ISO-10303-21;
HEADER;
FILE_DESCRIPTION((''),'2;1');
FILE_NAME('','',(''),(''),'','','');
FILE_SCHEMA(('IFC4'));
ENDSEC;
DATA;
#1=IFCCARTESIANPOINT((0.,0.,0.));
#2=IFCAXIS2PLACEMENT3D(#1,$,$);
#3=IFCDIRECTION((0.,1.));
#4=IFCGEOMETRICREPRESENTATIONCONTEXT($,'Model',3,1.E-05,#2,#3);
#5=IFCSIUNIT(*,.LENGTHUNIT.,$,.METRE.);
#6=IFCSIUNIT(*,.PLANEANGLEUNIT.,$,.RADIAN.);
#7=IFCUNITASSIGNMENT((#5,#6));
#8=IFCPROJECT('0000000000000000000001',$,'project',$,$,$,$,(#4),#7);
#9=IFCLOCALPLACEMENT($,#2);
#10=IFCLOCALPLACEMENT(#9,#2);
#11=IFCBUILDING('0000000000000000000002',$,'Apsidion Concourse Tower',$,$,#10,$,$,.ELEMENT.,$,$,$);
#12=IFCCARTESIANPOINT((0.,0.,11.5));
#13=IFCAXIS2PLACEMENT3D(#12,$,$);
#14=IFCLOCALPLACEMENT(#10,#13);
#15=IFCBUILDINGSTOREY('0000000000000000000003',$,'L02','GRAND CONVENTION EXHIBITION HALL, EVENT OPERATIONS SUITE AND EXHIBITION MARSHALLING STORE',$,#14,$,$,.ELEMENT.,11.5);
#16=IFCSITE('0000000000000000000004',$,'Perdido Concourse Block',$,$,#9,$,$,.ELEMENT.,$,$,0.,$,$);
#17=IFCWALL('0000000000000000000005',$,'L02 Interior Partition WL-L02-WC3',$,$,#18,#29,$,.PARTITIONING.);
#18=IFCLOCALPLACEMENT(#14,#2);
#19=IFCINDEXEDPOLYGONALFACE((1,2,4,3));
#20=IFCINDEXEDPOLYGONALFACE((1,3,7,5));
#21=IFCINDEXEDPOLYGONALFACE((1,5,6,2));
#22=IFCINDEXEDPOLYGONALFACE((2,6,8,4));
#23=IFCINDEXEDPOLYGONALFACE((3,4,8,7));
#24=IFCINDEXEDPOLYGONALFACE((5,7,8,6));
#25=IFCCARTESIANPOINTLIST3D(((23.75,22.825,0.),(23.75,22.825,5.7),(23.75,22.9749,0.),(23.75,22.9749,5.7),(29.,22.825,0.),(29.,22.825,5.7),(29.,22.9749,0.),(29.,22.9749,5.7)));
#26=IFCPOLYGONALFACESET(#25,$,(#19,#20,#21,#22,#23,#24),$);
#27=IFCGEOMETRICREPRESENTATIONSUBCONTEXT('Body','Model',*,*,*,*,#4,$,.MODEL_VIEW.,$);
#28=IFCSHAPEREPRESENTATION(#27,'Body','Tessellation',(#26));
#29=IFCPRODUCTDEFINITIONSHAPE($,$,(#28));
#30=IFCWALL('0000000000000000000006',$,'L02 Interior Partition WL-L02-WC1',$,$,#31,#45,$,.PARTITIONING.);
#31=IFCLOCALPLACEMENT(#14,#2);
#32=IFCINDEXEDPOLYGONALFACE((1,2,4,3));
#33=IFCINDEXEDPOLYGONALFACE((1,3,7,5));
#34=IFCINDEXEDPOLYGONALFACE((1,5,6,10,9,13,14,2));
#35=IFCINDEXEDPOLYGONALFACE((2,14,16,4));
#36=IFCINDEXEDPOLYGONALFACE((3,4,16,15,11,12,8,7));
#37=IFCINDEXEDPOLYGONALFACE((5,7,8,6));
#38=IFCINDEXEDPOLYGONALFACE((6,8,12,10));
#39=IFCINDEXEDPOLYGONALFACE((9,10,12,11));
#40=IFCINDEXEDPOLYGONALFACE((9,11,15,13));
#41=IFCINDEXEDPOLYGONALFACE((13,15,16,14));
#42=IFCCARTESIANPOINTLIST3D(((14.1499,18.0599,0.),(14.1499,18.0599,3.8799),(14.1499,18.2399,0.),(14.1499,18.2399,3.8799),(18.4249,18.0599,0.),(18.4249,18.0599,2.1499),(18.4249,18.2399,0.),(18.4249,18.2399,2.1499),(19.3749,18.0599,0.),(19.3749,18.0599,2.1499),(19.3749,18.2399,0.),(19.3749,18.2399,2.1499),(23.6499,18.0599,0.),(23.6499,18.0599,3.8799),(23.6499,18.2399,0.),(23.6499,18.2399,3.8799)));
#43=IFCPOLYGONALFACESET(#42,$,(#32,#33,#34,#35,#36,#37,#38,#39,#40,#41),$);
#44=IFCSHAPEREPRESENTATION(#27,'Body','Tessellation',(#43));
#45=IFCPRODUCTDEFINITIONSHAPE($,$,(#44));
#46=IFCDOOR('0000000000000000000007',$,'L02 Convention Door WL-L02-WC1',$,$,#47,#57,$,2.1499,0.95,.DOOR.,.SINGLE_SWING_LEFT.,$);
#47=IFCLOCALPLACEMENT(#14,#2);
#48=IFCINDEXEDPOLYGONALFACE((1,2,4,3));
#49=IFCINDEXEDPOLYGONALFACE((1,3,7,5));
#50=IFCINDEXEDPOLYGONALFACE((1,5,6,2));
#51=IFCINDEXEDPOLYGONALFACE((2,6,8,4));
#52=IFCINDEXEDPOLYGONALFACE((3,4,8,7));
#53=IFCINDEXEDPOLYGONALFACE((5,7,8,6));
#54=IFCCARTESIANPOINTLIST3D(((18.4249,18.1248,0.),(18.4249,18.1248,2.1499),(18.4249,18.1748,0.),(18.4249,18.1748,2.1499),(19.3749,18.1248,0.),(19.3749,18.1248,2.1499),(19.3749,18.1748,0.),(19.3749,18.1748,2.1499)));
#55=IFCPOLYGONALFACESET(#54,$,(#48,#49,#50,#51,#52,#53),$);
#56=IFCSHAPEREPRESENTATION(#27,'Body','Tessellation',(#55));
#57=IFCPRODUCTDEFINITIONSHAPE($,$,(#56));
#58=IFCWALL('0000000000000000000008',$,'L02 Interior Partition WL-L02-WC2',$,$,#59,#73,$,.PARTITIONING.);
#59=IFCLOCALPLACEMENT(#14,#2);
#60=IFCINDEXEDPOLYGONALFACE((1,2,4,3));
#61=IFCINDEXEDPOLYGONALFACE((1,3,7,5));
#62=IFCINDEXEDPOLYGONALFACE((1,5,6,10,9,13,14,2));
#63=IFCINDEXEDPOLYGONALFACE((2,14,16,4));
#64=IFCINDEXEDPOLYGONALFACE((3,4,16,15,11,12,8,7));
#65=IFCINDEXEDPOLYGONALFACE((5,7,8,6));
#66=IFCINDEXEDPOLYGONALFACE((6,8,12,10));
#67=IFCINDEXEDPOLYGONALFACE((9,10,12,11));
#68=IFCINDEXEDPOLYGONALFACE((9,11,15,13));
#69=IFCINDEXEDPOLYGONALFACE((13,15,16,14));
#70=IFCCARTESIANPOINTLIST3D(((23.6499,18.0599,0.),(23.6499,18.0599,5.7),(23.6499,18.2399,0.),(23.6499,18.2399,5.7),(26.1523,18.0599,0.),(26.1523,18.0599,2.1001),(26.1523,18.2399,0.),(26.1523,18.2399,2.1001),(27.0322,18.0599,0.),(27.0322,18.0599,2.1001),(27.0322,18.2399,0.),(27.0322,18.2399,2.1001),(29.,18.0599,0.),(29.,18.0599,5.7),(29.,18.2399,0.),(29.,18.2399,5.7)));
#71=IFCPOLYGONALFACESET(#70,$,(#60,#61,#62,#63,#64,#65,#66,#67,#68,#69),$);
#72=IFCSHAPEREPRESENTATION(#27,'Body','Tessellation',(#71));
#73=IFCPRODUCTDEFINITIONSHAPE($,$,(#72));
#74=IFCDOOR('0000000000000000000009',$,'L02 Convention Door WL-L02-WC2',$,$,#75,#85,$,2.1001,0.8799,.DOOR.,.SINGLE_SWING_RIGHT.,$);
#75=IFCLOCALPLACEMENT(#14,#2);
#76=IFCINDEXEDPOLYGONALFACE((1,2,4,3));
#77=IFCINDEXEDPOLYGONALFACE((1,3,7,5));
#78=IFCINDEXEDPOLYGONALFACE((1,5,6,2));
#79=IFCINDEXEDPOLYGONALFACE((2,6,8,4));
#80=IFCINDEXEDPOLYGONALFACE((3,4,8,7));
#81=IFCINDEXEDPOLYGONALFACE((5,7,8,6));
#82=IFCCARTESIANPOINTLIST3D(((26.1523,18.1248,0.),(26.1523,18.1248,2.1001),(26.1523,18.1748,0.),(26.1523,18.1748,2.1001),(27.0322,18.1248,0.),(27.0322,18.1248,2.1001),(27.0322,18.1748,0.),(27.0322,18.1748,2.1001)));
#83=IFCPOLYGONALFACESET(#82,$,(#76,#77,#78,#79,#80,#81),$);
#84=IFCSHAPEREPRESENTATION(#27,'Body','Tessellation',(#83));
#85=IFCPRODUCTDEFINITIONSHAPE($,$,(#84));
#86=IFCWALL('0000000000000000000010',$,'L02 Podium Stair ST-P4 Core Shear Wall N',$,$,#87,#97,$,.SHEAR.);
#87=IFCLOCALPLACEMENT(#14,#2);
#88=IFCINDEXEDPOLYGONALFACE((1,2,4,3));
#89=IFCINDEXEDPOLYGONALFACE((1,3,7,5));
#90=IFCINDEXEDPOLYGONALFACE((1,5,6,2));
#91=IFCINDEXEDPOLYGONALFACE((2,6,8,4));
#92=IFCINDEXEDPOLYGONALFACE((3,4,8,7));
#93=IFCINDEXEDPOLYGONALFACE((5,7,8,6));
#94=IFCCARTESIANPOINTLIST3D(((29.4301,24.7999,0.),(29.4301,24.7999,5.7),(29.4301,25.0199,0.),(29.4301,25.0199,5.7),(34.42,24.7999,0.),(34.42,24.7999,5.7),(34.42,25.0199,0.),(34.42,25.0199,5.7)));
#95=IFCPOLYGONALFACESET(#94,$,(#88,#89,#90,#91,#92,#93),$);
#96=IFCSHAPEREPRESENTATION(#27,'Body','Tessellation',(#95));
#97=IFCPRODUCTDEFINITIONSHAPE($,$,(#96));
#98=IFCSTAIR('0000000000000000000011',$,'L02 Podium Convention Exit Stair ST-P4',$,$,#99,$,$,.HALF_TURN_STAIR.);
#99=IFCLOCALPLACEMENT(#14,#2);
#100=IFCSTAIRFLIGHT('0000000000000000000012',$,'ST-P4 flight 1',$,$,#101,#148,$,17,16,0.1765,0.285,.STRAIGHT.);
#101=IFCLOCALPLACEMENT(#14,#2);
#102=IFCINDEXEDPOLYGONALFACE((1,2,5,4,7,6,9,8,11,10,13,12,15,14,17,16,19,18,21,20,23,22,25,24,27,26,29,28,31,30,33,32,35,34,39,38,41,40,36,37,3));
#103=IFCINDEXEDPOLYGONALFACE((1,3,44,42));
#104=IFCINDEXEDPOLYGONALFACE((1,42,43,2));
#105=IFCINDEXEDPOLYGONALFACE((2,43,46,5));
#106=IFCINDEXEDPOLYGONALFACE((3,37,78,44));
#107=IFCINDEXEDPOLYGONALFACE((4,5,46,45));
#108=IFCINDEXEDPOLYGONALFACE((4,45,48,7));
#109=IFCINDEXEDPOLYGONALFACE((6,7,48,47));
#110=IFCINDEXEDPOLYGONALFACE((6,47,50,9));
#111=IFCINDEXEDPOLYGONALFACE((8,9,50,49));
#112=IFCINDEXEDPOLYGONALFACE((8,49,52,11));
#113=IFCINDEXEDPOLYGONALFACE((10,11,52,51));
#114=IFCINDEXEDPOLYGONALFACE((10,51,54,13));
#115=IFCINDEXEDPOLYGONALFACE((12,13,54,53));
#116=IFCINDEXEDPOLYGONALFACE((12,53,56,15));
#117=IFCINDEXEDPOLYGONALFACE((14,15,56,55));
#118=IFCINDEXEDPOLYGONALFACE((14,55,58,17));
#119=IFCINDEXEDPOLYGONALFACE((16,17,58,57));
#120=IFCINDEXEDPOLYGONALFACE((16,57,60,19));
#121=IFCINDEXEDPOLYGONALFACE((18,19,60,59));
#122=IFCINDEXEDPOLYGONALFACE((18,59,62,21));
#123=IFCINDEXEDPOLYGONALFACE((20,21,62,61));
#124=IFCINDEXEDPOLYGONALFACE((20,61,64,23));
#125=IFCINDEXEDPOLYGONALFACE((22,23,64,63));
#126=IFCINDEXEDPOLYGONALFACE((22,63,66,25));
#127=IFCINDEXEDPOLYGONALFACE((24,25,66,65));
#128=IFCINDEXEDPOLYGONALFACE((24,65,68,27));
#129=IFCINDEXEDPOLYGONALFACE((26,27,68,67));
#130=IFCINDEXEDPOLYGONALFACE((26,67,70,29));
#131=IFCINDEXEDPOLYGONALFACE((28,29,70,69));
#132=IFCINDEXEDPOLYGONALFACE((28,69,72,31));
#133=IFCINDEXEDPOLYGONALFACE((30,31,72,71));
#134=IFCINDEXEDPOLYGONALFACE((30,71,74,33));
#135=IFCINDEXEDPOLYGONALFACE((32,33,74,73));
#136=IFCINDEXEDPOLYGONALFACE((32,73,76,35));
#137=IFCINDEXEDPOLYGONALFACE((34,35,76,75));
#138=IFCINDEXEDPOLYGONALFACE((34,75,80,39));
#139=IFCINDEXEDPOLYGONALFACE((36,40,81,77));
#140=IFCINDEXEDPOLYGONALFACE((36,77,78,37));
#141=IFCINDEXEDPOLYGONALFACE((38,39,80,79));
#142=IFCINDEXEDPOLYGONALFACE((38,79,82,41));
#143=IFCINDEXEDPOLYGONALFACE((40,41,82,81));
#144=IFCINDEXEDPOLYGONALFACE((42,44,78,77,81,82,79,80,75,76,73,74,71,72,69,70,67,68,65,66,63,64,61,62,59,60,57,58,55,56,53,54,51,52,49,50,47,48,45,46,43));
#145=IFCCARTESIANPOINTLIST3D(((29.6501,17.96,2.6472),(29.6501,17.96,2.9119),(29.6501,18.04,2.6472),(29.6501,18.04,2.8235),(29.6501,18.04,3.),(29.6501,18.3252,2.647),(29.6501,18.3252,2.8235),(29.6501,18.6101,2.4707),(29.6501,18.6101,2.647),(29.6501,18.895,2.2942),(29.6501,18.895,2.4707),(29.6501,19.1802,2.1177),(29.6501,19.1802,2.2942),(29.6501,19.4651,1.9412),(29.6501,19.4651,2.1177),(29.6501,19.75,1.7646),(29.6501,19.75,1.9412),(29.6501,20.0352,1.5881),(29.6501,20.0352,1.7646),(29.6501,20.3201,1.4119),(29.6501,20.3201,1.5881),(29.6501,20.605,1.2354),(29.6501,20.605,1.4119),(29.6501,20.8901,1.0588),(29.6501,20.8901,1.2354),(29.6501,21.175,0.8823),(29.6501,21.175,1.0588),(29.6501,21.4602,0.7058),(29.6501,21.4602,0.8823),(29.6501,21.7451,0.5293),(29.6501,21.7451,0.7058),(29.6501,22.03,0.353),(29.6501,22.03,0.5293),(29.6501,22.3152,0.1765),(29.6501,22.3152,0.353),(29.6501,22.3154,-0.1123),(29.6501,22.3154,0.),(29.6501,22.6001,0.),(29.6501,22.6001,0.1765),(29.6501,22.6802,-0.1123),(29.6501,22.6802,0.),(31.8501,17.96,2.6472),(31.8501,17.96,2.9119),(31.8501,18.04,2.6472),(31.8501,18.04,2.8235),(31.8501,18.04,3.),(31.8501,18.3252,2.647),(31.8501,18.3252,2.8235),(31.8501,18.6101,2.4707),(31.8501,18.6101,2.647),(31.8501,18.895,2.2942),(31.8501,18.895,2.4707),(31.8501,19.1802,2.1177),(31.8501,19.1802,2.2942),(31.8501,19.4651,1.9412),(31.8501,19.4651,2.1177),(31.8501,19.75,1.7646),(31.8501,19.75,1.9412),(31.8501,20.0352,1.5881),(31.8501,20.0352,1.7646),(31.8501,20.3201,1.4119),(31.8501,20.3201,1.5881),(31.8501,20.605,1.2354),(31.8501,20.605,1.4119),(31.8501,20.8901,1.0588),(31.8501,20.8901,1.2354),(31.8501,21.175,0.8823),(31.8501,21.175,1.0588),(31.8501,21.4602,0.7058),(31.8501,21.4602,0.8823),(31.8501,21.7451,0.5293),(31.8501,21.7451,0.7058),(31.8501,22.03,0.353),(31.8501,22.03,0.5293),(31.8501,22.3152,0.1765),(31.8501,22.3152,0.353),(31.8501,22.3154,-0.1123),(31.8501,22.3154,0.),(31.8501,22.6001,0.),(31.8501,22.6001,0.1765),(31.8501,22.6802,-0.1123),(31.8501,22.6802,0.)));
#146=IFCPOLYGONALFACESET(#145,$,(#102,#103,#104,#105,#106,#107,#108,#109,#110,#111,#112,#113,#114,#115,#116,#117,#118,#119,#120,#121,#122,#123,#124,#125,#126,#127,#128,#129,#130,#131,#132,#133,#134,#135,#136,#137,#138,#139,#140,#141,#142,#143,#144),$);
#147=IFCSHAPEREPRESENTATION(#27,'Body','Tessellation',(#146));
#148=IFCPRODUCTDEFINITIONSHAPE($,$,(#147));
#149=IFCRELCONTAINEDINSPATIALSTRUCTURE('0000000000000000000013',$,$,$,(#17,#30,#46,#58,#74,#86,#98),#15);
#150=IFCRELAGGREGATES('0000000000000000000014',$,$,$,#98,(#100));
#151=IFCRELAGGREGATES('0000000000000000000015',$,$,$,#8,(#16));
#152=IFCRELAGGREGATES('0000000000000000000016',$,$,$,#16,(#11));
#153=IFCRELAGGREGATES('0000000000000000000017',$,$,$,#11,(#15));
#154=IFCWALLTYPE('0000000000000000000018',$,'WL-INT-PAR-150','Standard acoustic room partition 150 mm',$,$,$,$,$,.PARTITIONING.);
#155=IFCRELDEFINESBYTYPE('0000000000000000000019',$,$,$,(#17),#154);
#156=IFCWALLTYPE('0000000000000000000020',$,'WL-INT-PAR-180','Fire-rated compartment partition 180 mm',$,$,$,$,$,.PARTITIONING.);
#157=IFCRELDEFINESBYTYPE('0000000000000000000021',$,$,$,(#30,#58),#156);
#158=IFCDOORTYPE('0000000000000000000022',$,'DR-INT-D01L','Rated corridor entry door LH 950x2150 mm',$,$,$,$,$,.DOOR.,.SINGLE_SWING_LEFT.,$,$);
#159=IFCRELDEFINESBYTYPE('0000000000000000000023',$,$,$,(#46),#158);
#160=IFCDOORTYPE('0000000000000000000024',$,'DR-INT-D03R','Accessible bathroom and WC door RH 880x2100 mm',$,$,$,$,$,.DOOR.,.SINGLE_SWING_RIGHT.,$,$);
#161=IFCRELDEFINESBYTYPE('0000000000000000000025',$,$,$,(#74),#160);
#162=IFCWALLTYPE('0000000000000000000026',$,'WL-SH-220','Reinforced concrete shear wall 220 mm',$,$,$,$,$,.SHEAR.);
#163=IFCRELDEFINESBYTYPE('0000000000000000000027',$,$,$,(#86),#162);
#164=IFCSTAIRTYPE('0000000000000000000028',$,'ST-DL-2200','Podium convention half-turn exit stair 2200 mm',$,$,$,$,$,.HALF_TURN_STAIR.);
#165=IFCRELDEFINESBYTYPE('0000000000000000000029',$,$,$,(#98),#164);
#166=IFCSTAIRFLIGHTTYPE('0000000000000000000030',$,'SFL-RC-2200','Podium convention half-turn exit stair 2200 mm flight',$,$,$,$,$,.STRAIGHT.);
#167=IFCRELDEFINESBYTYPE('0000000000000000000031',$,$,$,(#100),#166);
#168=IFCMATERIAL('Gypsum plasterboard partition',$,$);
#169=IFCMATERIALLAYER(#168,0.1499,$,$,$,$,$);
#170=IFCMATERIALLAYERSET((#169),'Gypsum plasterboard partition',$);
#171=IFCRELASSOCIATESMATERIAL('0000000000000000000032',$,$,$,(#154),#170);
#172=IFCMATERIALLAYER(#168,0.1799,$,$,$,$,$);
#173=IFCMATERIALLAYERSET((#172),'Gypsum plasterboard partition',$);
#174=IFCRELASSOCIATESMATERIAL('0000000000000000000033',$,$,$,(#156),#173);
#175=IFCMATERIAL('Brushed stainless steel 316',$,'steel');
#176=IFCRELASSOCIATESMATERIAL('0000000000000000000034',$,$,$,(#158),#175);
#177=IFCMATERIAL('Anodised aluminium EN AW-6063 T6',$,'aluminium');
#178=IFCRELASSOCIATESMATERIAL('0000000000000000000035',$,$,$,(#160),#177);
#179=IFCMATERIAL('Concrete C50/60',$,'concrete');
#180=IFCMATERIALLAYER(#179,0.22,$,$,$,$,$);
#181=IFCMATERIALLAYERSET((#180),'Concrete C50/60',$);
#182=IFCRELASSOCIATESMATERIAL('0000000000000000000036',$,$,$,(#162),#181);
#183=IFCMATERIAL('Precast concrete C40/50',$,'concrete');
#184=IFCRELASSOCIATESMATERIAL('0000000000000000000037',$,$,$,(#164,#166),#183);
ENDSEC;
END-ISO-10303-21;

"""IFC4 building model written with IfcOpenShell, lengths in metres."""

from ifc_helpers import new_model, si_unit, direction, frame, frame_2d, origin, place, context, subcontext, project, spatial, polyline, rectangle, outline, extrude, material, layer, layer_set, type_object, element, fill, aggregate, save


model = new_model("IFC4")

# Units and contexts
model_context = context("Model", 3, precision=1e-05, world=origin(), true_north=direction((0.0, 1.0)))
body_context = subcontext(model_context, "Body", "Model", "MODEL_VIEW")
ifc_project = project(units=[si_unit("LENGTHUNIT", "METRE"), si_unit("PLANEANGLEUNIT", "RADIAN")], contexts=[model_context])

# Site, building, storey
site_placement = place(None, origin())
site = spatial("IfcSite", under=ifc_project, at=site_placement, Name="Perdido Concourse Block", CompositionType="ELEMENT", RefElevation=0.0)
building_placement = place(site_placement, origin())
building = spatial("IfcBuilding", under=site, at=building_placement, Name="Apsidion Concourse Tower", CompositionType="ELEMENT")
storey_placement = place(building_placement, frame((0.0, 0.0, 11.5)))
storey = spatial("IfcBuildingStorey", under=building, at=storey_placement, Name="L02", Description="GRAND CONVENTION EXHIBITION HALL, EVENT OPERATIONS SUITE AND EXHIBITION MARSHALLING STORE", CompositionType="ELEMENT", Elevation=11.5)

# Shared definitions
ifc_material_1 = material(Name="Precast concrete C40/50", Category="concrete")

# Wall
ifc_material_2 = material(Name="Gypsum plasterboard partition")
ifc_layer_1 = layer(ifc_material_2, 0.1499)
ifc_layer_set_1 = layer_set([ifc_layer_1], Name="Gypsum plasterboard partition")
wall_type_1 = type_object("IfcWallType", Name="WL-INT-PAR-150", Description="Standard acoustic room partition 150 mm", PredefinedType="PARTITIONING", material=ifc_layer_set_1)
wall_1_placement = place(storey_placement, frame((23.75, 22.8999, 0.0), z_axis=(0.0, 0.0, 1.0), x_axis=(1.0, 0.0, 0.0)))
element("IfcWall", 1, at=wall_1_placement, inside=storey, type_object=wall_type_1, Name="L02 Interior Partition WL-L02-WC3", PredefinedType="PARTITIONING", context=body_context, shape_type="SweptSolid", body=[
    extrude(rectangle(XDim=5.25, YDim=0.1499, at=frame_2d((2.625, 0.0))), origin(), (0.0, 0.0, 1.0), 5.7),
])

# Walls, openings, doors
ifc_layer_2 = layer(ifc_material_2, 0.1799)
ifc_layer_set_2 = layer_set([ifc_layer_2], Name="Gypsum plasterboard partition")
wall_type_2 = type_object("IfcWallType", Name="WL-INT-PAR-180", Description="Fire-rated compartment partition 180 mm", PredefinedType="PARTITIONING", material=ifc_layer_set_2)
wall_2_placement = place(storey_placement, frame((14.1499, 18.1499, 0.0), z_axis=(0.0, 0.0, 1.0), x_axis=(1.0, 0.0, 0.0)))
wall_2 = element("IfcWall", 2, at=wall_2_placement, inside=storey, type_object=wall_type_2, Name="L02 Interior Partition WL-L02-WC1", PredefinedType="PARTITIONING", context=body_context, shape_type="SweptSolid", body=[
    extrude(rectangle(XDim=9.5, YDim=0.1799, at=frame_2d((4.75, 0.0))), origin(), (0.0, 0.0, 1.0), 3.8799),
])
opening_1_placement = place(wall_2_placement, frame((4.2749, 0.0, 0.0)))
opening_1 = element("IfcOpeningElement", 3, at=opening_1_placement, cuts=wall_2, PredefinedType="OPENING", context=body_context, shape_type="SweptSolid", body=[
    extrude(rectangle(XDim=0.95, YDim=2.1499, at=frame_2d((0.4751, 1.075))), frame((0.0, 0.1001, 0.0), z_axis=(0.0, -1.0, 0.0), x_axis=(1.0, 0.0, 0.0)), (0.0, 0.0, 1.0), 0.2),
])
ifc_material_3 = material(Name="Brushed stainless steel 316", Category="steel")
door_type_1 = type_object("IfcDoorType", Name="DR-INT-D01L", Description="Rated corridor entry door LH 950x2150 mm", OperationType="SINGLE_SWING_LEFT", PredefinedType="DOOR", material=ifc_material_3)
door_1_placement = place(opening_1_placement, origin())
door_1 = element("IfcDoor", 4, at=door_1_placement, inside=storey, type_object=door_type_1, Name="L02 Convention Door WL-L02-WC1", OperationType="SINGLE_SWING_LEFT", OverallHeight=2.1499, OverallWidth=0.95, PredefinedType="DOOR", context=body_context, shape_type="SweptSolid", body=[
    extrude(rectangle(XDim=0.95, YDim=2.1499, at=frame_2d((0.4751, 1.075))), frame((0.0, 0.0249, 0.0), z_axis=(0.0, -1.0, 0.0), x_axis=(1.0, 0.0, 0.0)), (0.0, 0.0, 1.0), 0.05),
])
fill(opening_1, door_1)
wall_3_placement = place(storey_placement, frame((23.6499, 18.1499, 0.0), z_axis=(0.0, 0.0, 1.0), x_axis=(1.0, 0.0, 0.0)))
wall_3 = element("IfcWall", 5, at=wall_3_placement, inside=storey, type_object=wall_type_2, Name="L02 Interior Partition WL-L02-WC2", PredefinedType="PARTITIONING", context=body_context, shape_type="SweptSolid", body=[
    extrude(rectangle(XDim=5.3501, YDim=0.1799, at=frame_2d((2.675, 0.0))), origin(), (0.0, 0.0, 1.0), 5.7),
])
opening_2_placement = place(wall_3_placement, frame((2.5024, 0.0, 0.0)))
opening_2 = element("IfcOpeningElement", 6, at=opening_2_placement, cuts=wall_3, PredefinedType="OPENING", context=body_context, shape_type="SweptSolid", body=[
    extrude(rectangle(XDim=0.8799, YDim=2.1001, at=frame_2d((0.4399, 1.05))), frame((0.0, 0.1001, 0.0), z_axis=(0.0, -1.0, 0.0), x_axis=(1.0, 0.0, 0.0)), (0.0, 0.0, 1.0), 0.2),
])
ifc_material_4 = material(Name="Anodised aluminium EN AW-6063 T6", Category="aluminium")
door_type_2 = type_object("IfcDoorType", Name="DR-INT-D03R", Description="Accessible bathroom and WC door RH 880x2100 mm", OperationType="SINGLE_SWING_RIGHT", PredefinedType="DOOR", material=ifc_material_4)
door_2_placement = place(opening_2_placement, origin())
door_2 = element("IfcDoor", 7, at=door_2_placement, inside=storey, type_object=door_type_2, Name="L02 Convention Door WL-L02-WC2", OperationType="SINGLE_SWING_RIGHT", OverallHeight=2.1001, OverallWidth=0.8799, PredefinedType="DOOR", context=body_context, shape_type="SweptSolid", body=[
    extrude(rectangle(XDim=0.8799, YDim=2.1001, at=frame_2d((0.4399, 1.05))), frame((0.0, 0.0249, 0.0), z_axis=(0.0, -1.0, 0.0), x_axis=(1.0, 0.0, 0.0)), (0.0, 0.0, 1.0), 0.05),
])
fill(opening_2, door_2)

# Wall
ifc_material_5 = material(Name="Concrete C50/60", Category="concrete")
ifc_layer_3 = layer(ifc_material_5, 0.22)
ifc_layer_set_3 = layer_set([ifc_layer_3], Name="Concrete C50/60")
wall_type_3 = type_object("IfcWallType", Name="WL-SH-220", Description="Reinforced concrete shear wall 220 mm", PredefinedType="SHEAR", material=ifc_layer_set_3)
wall_4_placement = place(storey_placement, frame((29.4299, 24.9099, 0.0), z_axis=(0.0, 0.0, 1.0), x_axis=(1.0, 0.0, 0.0)))
element("IfcWall", 8, at=wall_4_placement, inside=storey, type_object=wall_type_3, Name="L02 Podium Stair ST-P4 Core Shear Wall N", PredefinedType="SHEAR", context=body_context, shape_type="SweptSolid", body=[
    extrude(rectangle(XDim=4.99, YDim=0.22, at=frame_2d((2.4951, 0.0))), origin(), (0.0, 0.0, 1.0), 5.7),
])

# Stair, stair flight
stair_type = type_object("IfcStairType", Name="ST-DL-2200", Description="Podium convention half-turn exit stair 2200 mm", PredefinedType="HALF_TURN_STAIR", material=ifc_material_1)
stair_placement = place(storey_placement, origin())
stair = element("IfcStair", 9, at=stair_placement, inside=storey, type_object=stair_type, Name="L02 Podium Convention Exit Stair ST-P4", PredefinedType="HALF_TURN_STAIR")
stair_flight_type = type_object("IfcStairFlightType", Name="SFL-RC-2200", Description="Podium convention half-turn exit stair 2200 mm flight", PredefinedType="STRAIGHT", material=ifc_material_1)
stair_flight_1_placement = place(storey_placement, frame((30.75, 22.6001, 0.0), z_axis=(0.0, 0.0, 1.0), x_axis=(0.0, -1.0, 0.0)))
stair_flight_1 = element("IfcStairFlight", 10, at=stair_flight_1_placement, type_object=stair_flight_type, Name="ST-P4 flight 1", NumberOfRisers=17, NumberOfTreads=16, PredefinedType="STRAIGHT", RiserHeight=0.1765, TreadLength=0.285, context=body_context, shape_type="SweptSolid", body=[
    extrude(outline(polyline([(-0.0801, -0.1123), (-0.0801, 0.0), (0.0, 0.0), (0.0, 0.1765), (0.2849, 0.1765), (0.2849, 0.353), (0.5701, 0.353), (0.5701, 0.5293), (0.855, 0.5293), (0.855, 0.7058), (1.1399, 0.7058), (1.1399, 0.8823), (1.425, 0.8823), (1.425, 1.0588), (1.71, 1.0588), (1.71, 1.2354), (1.9951, 1.2354), (1.9951, 1.4119), (2.28, 1.4119), (2.28, 1.5881), (2.5649, 1.5881), (2.5649, 1.7646), (2.8501, 1.7646), (2.8501, 1.9412), (3.135, 1.9412), (3.135, 2.1177), (3.4199, 2.1177), (3.4199, 2.2942), (3.7051, 2.2942), (3.7051, 2.4707), (3.99, 2.4707), (3.99, 2.647), (4.2749, 2.647), (4.2749, 2.8235), (4.5601, 2.8235), (4.5601, 3.0), (4.6401, 2.9119), (4.6401, 2.6472), (4.5601, 2.6472), (0.2847, 0.0), (0.2847, -0.1123), (-0.0801, -0.1123)])), frame((0.0, 1.1001, 0.0), z_axis=(0.0, -1.0, 0.0), x_axis=(1.0, 0.0, 0.0)), (0.0, 0.0, 1.0), 2.2),
])
aggregate(stair, [stair_flight_1])

save(model, "model.ifc")
